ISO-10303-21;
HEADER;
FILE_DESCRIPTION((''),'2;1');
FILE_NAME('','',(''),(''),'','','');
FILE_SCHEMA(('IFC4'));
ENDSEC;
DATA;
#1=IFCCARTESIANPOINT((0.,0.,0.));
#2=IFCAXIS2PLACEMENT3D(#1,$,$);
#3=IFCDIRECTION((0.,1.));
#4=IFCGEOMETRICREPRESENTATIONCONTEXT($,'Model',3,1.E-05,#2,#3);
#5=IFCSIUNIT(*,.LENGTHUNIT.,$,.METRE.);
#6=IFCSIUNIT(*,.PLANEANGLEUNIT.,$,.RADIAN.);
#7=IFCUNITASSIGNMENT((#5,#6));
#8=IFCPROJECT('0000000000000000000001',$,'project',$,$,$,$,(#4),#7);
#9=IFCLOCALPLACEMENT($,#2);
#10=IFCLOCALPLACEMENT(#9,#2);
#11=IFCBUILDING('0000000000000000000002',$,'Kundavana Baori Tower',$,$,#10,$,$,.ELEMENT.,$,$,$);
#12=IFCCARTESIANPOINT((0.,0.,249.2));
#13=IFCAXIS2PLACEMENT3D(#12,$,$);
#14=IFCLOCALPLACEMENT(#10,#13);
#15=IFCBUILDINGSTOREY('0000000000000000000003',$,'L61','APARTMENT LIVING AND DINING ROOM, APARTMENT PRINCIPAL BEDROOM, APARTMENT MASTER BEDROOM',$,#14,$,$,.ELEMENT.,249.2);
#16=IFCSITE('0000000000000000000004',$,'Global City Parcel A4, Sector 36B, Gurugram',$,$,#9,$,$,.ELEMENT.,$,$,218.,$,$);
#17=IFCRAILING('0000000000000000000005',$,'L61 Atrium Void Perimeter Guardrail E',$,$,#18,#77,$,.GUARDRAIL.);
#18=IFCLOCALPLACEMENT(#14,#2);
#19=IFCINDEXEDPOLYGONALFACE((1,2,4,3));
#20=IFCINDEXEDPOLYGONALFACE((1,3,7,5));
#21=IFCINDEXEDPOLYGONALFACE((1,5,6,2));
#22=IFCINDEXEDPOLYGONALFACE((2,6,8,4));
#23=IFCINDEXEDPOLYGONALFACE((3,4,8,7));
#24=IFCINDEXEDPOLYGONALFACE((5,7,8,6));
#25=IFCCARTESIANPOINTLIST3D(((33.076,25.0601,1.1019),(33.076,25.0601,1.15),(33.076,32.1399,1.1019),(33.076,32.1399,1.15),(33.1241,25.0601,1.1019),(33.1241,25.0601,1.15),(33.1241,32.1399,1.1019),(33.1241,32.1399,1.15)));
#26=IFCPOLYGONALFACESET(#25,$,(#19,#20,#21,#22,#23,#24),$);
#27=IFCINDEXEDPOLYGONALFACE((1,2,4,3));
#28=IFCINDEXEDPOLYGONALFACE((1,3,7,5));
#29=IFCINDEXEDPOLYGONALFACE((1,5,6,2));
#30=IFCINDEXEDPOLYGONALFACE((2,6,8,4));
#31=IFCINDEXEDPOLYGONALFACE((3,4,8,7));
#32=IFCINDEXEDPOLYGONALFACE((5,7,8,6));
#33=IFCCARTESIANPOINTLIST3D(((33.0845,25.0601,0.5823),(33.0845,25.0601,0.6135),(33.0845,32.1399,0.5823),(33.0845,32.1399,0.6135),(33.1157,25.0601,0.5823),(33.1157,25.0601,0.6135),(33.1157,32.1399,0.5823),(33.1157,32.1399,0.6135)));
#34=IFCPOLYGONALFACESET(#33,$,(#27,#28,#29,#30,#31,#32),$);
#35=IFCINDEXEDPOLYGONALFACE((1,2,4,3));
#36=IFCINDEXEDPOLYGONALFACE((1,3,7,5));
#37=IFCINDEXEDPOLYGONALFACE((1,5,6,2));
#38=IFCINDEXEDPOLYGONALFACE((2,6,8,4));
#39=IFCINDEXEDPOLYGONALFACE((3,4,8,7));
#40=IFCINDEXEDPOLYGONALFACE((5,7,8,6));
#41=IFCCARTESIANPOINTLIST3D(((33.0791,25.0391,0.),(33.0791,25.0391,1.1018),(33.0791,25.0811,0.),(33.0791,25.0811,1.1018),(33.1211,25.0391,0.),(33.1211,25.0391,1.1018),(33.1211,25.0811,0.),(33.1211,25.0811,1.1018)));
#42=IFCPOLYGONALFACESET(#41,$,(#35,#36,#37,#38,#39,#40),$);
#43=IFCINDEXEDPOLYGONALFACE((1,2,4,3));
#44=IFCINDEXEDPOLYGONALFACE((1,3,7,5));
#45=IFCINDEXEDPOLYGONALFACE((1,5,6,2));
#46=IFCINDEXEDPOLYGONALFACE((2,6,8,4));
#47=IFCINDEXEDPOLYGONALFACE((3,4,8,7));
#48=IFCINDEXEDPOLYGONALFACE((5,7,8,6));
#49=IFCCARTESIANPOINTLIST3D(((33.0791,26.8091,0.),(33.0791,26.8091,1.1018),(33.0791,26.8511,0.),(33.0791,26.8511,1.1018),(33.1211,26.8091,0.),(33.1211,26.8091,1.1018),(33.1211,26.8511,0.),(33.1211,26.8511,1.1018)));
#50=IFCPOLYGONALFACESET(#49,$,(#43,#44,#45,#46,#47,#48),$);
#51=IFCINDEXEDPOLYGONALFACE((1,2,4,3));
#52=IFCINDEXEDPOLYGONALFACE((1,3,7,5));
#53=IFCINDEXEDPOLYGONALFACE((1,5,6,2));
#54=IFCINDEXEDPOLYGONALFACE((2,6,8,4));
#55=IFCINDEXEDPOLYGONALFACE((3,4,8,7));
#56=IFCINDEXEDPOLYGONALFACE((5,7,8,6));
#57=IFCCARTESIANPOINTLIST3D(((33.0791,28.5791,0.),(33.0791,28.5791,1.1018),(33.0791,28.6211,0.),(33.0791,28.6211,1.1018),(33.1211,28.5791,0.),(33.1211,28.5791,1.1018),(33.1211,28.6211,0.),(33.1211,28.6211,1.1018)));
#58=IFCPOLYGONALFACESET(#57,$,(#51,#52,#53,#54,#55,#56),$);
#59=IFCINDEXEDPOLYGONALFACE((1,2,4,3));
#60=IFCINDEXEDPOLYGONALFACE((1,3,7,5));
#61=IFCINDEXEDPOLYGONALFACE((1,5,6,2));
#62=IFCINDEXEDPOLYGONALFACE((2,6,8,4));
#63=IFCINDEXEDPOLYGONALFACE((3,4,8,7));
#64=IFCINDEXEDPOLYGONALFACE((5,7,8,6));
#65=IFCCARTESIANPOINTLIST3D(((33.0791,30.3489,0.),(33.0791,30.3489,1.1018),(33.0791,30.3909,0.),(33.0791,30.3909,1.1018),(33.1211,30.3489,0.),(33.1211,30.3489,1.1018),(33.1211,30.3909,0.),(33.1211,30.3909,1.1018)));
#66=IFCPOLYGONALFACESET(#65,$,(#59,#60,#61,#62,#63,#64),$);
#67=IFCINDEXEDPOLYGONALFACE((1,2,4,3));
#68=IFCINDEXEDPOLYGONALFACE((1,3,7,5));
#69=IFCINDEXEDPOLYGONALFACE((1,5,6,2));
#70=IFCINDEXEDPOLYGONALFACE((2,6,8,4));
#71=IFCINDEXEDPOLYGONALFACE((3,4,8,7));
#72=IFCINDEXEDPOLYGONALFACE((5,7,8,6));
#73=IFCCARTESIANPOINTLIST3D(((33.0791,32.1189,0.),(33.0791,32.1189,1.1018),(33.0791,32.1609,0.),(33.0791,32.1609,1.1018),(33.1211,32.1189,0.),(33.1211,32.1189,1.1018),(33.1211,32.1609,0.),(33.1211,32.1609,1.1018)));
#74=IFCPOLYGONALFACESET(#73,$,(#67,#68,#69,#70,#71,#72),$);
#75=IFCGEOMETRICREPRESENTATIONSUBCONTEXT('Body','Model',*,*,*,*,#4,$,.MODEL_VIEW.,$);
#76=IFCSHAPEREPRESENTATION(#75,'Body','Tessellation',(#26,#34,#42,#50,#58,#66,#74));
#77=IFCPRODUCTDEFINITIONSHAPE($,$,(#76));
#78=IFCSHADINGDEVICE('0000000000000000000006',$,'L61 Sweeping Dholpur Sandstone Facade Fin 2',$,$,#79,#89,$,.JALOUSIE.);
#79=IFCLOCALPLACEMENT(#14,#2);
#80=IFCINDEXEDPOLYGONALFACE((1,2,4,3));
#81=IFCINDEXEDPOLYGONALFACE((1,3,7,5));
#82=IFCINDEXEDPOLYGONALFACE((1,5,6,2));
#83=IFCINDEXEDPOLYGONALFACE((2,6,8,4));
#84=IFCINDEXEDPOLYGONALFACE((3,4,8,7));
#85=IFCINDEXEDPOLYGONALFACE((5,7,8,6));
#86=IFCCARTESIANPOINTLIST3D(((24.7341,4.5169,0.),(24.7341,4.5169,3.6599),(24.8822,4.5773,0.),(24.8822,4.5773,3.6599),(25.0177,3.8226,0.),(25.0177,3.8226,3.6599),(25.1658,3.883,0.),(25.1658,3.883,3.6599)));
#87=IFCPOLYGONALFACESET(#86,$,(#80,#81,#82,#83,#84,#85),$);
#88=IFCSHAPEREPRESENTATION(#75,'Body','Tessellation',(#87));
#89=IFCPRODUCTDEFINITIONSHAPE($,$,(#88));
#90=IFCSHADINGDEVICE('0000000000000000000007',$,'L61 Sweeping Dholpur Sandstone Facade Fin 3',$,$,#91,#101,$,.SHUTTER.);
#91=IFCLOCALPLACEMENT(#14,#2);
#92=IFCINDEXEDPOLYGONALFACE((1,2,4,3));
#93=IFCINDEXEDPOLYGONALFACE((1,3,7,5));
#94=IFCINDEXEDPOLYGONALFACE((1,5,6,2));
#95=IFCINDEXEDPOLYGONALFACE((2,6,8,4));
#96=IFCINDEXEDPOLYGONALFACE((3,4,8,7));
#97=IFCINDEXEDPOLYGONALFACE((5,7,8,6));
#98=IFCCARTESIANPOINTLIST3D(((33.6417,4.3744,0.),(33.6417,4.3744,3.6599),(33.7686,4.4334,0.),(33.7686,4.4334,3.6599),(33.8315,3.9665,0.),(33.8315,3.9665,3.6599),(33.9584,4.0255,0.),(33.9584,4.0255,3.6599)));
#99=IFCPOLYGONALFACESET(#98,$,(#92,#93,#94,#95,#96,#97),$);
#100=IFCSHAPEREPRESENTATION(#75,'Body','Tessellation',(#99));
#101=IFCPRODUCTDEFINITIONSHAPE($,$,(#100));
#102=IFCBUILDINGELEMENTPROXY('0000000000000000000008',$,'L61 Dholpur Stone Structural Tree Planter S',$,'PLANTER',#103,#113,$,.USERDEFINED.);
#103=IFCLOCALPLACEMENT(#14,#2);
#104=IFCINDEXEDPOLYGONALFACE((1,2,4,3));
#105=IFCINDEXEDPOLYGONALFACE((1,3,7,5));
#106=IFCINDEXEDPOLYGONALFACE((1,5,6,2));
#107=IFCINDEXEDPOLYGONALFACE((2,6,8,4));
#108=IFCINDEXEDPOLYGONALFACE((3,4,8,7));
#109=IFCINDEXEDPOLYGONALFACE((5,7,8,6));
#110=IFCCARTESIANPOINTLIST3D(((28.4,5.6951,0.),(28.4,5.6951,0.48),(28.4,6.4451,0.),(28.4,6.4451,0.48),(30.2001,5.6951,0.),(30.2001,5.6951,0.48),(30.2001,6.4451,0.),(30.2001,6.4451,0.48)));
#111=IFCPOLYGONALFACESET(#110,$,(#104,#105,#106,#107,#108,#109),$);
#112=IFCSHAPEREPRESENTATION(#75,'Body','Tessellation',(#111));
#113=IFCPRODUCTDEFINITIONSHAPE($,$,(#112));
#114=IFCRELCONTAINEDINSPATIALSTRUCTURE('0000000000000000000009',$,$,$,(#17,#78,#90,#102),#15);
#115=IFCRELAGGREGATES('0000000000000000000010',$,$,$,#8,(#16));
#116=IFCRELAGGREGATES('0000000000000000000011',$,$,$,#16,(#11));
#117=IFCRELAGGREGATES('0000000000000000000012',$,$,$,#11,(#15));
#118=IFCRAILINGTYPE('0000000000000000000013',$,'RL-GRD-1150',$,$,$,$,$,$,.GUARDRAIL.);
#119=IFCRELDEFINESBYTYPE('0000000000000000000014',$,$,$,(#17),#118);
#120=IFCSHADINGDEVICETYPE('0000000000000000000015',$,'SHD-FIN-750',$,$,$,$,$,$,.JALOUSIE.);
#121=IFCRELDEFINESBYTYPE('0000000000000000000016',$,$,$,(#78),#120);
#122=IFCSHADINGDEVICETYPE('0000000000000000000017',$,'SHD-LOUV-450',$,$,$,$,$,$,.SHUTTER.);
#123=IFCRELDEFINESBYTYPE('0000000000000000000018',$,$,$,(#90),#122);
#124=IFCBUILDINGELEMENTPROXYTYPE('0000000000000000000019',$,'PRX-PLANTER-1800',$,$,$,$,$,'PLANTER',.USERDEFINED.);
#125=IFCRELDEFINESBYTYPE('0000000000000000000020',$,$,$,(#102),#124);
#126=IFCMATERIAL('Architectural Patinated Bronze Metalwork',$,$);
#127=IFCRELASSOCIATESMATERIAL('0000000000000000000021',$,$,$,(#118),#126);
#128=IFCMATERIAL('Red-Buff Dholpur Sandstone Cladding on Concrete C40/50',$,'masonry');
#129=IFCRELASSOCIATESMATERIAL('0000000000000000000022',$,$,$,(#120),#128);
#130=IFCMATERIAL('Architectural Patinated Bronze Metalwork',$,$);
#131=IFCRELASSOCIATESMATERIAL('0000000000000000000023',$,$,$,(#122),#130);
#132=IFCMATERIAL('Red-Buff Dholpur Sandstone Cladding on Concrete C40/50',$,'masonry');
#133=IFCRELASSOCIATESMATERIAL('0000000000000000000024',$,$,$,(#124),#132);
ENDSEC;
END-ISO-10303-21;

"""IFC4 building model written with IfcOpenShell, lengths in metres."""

from ifc_helpers import new_model, si_unit, direction, frame, origin, origin_2d, place, context, subcontext, project, spatial, rectangle, extrude, material, type_object, element, save


model = new_model("IFC4")

# Units and contexts
model_context = context("Model", 3, precision=1e-05, world=origin(), true_north=direction((0.0, 1.0)))
body_context = subcontext(model_context, "Body", "Model", "MODEL_VIEW")
ifc_project = project(units=[si_unit("LENGTHUNIT", "METRE"), si_unit("PLANEANGLEUNIT", "RADIAN")], contexts=[model_context])

# Site, building, storey
site_placement = place(None, origin())
site = spatial("IfcSite", under=ifc_project, at=site_placement, Name="Global City Parcel A4, Sector 36B, Gurugram", CompositionType="ELEMENT", RefElevation=218.0)
building_placement = place(site_placement, origin())
building = spatial("IfcBuilding", under=site, at=building_placement, Name="Kundavana Baori Tower", CompositionType="ELEMENT")
storey_placement = place(building_placement, frame((0.0, 0.0, 249.2)))
storey = spatial("IfcBuildingStorey", under=building, at=storey_placement, Name="L61", Description="APARTMENT LIVING AND DINING ROOM, APARTMENT PRINCIPAL BEDROOM, APARTMENT MASTER BEDROOM", CompositionType="ELEMENT", Elevation=249.2)

# Railing
ifc_material_1 = material(Name="Architectural Patinated Bronze Metalwork")
railing_type = type_object("IfcRailingType", Name="RL-GRD-1150", PredefinedType="GUARDRAIL", material=ifc_material_1)
railing_1_placement = place(storey_placement, frame((33.1001, 25.0601, 0.0)))
element("IfcRailing", 1, at=railing_1_placement, inside=storey, type_object=railing_type, Name="L61 Atrium Void Perimeter Guardrail E", PredefinedType="GUARDRAIL", context=body_context, shape_type="SweptSolid", body=[
    extrude(rectangle(XDim=0.0481, YDim=0.0481, at=origin_2d()), frame((0.0, 0.0, 1.126), z_axis=(0.0, 1.0, 0.0), x_axis=(-1.0, 0.0, 0.0)), (0.0, 0.0, 1.0), 7.0798),
    extrude(rectangle(XDim=0.0312, YDim=0.0312, at=origin_2d()), frame((0.0, 0.0, 0.5979), z_axis=(0.0, 1.0, 0.0), x_axis=(-1.0, 0.0, 0.0)), (0.0, 0.0, 1.0), 7.0798),
    extrude(rectangle(XDim=0.042, YDim=0.042, at=origin_2d()), origin(), (0.0, 0.0, 1.0), 1.1018),
    extrude(rectangle(XDim=0.042, YDim=0.042, at=origin_2d()), frame((0.0, 1.77, 0.0)), (0.0, 0.0, 1.0), 1.1018),
    extrude(rectangle(XDim=0.042, YDim=0.042, at=origin_2d()), frame((0.0, 3.54, 0.0)), (0.0, 0.0, 1.0), 1.1018),
    extrude(rectangle(XDim=0.042, YDim=0.042, at=origin_2d()), frame((0.0, 5.3098, 0.0)), (0.0, 0.0, 1.0), 1.1018),
    extrude(rectangle(XDim=0.042, YDim=0.042, at=origin_2d()), frame((0.0, 7.0798, 0.0)), (0.0, 0.0, 1.0), 1.1018),
])

# Shading devices
ifc_material_2 = material(Name="Red-Buff Dholpur Sandstone Cladding on Concrete C40/50", Category="masonry")
shading_device_type_1 = type_object("IfcShadingDeviceType", Name="SHD-FIN-750", PredefinedType="JALOUSIE", material=ifc_material_2)
shading_device_1_placement = place(storey_placement, frame((24.95, 4.2, 0.0), z_axis=(0.0, 0.0, 1.0), x_axis=(0.925739, 0.378164, 0.0)))
element("IfcShadingDevice", 2, at=shading_device_1_placement, inside=storey, type_object=shading_device_type_1, Name="L61 Sweeping Dholpur Sandstone Facade Fin 2", PredefinedType="JALOUSIE", context=body_context, shape_type="SweptSolid", body=[
    extrude(rectangle(XDim=0.1599, YDim=0.75, at=origin_2d()), origin(), (0.0, 0.0, 1.0), 3.6599),
])
ifc_material_3 = material(Name="Architectural Patinated Bronze Metalwork")
shading_device_type_2 = type_object("IfcShadingDeviceType", Name="SHD-LOUV-450", PredefinedType="SHUTTER", material=ifc_material_3)
shading_device_2_placement = place(storey_placement, frame((33.8, 4.2, 0.0), z_axis=(0.0, 0.0, 1.0), x_axis=(0.906676, 0.421827, 0.0)))
element("IfcShadingDevice", 3, at=shading_device_2_placement, inside=storey, type_object=shading_device_type_2, Name="L61 Sweeping Dholpur Sandstone Facade Fin 3", PredefinedType="SHUTTER", context=body_context, shape_type="SweptSolid", body=[
    extrude(rectangle(XDim=0.1399, YDim=0.45, at=origin_2d()), origin(), (0.0, 0.0, 1.0), 3.6599),
])

# Building element proxy
ifc_material_4 = material(Name="Red-Buff Dholpur Sandstone Cladding on Concrete C40/50", Category="masonry")
building_element_proxy_type = type_object("IfcBuildingElementProxyType", Name="PRX-PLANTER-1800", ElementType="PLANTER", PredefinedType="USERDEFINED", material=ifc_material_4)
proxy_placement = place(storey_placement, frame((29.3, 6.0701, 0.0), z_axis=(0.0, 0.0, 1.0), x_axis=(1.0, 0.0, 0.0)))
element("IfcBuildingElementProxy", 4, at=proxy_placement, inside=storey, type_object=building_element_proxy_type, Name="L61 Dholpur Stone Structural Tree Planter S", ObjectType="PLANTER", PredefinedType="USERDEFINED", context=body_context, shape_type="SweptSolid", body=[
    extrude(rectangle(XDim=1.8, YDim=0.75, at=origin_2d()), origin(), (0.0, 0.0, 1.0), 0.48),
])

save(model, "model.ifc")
